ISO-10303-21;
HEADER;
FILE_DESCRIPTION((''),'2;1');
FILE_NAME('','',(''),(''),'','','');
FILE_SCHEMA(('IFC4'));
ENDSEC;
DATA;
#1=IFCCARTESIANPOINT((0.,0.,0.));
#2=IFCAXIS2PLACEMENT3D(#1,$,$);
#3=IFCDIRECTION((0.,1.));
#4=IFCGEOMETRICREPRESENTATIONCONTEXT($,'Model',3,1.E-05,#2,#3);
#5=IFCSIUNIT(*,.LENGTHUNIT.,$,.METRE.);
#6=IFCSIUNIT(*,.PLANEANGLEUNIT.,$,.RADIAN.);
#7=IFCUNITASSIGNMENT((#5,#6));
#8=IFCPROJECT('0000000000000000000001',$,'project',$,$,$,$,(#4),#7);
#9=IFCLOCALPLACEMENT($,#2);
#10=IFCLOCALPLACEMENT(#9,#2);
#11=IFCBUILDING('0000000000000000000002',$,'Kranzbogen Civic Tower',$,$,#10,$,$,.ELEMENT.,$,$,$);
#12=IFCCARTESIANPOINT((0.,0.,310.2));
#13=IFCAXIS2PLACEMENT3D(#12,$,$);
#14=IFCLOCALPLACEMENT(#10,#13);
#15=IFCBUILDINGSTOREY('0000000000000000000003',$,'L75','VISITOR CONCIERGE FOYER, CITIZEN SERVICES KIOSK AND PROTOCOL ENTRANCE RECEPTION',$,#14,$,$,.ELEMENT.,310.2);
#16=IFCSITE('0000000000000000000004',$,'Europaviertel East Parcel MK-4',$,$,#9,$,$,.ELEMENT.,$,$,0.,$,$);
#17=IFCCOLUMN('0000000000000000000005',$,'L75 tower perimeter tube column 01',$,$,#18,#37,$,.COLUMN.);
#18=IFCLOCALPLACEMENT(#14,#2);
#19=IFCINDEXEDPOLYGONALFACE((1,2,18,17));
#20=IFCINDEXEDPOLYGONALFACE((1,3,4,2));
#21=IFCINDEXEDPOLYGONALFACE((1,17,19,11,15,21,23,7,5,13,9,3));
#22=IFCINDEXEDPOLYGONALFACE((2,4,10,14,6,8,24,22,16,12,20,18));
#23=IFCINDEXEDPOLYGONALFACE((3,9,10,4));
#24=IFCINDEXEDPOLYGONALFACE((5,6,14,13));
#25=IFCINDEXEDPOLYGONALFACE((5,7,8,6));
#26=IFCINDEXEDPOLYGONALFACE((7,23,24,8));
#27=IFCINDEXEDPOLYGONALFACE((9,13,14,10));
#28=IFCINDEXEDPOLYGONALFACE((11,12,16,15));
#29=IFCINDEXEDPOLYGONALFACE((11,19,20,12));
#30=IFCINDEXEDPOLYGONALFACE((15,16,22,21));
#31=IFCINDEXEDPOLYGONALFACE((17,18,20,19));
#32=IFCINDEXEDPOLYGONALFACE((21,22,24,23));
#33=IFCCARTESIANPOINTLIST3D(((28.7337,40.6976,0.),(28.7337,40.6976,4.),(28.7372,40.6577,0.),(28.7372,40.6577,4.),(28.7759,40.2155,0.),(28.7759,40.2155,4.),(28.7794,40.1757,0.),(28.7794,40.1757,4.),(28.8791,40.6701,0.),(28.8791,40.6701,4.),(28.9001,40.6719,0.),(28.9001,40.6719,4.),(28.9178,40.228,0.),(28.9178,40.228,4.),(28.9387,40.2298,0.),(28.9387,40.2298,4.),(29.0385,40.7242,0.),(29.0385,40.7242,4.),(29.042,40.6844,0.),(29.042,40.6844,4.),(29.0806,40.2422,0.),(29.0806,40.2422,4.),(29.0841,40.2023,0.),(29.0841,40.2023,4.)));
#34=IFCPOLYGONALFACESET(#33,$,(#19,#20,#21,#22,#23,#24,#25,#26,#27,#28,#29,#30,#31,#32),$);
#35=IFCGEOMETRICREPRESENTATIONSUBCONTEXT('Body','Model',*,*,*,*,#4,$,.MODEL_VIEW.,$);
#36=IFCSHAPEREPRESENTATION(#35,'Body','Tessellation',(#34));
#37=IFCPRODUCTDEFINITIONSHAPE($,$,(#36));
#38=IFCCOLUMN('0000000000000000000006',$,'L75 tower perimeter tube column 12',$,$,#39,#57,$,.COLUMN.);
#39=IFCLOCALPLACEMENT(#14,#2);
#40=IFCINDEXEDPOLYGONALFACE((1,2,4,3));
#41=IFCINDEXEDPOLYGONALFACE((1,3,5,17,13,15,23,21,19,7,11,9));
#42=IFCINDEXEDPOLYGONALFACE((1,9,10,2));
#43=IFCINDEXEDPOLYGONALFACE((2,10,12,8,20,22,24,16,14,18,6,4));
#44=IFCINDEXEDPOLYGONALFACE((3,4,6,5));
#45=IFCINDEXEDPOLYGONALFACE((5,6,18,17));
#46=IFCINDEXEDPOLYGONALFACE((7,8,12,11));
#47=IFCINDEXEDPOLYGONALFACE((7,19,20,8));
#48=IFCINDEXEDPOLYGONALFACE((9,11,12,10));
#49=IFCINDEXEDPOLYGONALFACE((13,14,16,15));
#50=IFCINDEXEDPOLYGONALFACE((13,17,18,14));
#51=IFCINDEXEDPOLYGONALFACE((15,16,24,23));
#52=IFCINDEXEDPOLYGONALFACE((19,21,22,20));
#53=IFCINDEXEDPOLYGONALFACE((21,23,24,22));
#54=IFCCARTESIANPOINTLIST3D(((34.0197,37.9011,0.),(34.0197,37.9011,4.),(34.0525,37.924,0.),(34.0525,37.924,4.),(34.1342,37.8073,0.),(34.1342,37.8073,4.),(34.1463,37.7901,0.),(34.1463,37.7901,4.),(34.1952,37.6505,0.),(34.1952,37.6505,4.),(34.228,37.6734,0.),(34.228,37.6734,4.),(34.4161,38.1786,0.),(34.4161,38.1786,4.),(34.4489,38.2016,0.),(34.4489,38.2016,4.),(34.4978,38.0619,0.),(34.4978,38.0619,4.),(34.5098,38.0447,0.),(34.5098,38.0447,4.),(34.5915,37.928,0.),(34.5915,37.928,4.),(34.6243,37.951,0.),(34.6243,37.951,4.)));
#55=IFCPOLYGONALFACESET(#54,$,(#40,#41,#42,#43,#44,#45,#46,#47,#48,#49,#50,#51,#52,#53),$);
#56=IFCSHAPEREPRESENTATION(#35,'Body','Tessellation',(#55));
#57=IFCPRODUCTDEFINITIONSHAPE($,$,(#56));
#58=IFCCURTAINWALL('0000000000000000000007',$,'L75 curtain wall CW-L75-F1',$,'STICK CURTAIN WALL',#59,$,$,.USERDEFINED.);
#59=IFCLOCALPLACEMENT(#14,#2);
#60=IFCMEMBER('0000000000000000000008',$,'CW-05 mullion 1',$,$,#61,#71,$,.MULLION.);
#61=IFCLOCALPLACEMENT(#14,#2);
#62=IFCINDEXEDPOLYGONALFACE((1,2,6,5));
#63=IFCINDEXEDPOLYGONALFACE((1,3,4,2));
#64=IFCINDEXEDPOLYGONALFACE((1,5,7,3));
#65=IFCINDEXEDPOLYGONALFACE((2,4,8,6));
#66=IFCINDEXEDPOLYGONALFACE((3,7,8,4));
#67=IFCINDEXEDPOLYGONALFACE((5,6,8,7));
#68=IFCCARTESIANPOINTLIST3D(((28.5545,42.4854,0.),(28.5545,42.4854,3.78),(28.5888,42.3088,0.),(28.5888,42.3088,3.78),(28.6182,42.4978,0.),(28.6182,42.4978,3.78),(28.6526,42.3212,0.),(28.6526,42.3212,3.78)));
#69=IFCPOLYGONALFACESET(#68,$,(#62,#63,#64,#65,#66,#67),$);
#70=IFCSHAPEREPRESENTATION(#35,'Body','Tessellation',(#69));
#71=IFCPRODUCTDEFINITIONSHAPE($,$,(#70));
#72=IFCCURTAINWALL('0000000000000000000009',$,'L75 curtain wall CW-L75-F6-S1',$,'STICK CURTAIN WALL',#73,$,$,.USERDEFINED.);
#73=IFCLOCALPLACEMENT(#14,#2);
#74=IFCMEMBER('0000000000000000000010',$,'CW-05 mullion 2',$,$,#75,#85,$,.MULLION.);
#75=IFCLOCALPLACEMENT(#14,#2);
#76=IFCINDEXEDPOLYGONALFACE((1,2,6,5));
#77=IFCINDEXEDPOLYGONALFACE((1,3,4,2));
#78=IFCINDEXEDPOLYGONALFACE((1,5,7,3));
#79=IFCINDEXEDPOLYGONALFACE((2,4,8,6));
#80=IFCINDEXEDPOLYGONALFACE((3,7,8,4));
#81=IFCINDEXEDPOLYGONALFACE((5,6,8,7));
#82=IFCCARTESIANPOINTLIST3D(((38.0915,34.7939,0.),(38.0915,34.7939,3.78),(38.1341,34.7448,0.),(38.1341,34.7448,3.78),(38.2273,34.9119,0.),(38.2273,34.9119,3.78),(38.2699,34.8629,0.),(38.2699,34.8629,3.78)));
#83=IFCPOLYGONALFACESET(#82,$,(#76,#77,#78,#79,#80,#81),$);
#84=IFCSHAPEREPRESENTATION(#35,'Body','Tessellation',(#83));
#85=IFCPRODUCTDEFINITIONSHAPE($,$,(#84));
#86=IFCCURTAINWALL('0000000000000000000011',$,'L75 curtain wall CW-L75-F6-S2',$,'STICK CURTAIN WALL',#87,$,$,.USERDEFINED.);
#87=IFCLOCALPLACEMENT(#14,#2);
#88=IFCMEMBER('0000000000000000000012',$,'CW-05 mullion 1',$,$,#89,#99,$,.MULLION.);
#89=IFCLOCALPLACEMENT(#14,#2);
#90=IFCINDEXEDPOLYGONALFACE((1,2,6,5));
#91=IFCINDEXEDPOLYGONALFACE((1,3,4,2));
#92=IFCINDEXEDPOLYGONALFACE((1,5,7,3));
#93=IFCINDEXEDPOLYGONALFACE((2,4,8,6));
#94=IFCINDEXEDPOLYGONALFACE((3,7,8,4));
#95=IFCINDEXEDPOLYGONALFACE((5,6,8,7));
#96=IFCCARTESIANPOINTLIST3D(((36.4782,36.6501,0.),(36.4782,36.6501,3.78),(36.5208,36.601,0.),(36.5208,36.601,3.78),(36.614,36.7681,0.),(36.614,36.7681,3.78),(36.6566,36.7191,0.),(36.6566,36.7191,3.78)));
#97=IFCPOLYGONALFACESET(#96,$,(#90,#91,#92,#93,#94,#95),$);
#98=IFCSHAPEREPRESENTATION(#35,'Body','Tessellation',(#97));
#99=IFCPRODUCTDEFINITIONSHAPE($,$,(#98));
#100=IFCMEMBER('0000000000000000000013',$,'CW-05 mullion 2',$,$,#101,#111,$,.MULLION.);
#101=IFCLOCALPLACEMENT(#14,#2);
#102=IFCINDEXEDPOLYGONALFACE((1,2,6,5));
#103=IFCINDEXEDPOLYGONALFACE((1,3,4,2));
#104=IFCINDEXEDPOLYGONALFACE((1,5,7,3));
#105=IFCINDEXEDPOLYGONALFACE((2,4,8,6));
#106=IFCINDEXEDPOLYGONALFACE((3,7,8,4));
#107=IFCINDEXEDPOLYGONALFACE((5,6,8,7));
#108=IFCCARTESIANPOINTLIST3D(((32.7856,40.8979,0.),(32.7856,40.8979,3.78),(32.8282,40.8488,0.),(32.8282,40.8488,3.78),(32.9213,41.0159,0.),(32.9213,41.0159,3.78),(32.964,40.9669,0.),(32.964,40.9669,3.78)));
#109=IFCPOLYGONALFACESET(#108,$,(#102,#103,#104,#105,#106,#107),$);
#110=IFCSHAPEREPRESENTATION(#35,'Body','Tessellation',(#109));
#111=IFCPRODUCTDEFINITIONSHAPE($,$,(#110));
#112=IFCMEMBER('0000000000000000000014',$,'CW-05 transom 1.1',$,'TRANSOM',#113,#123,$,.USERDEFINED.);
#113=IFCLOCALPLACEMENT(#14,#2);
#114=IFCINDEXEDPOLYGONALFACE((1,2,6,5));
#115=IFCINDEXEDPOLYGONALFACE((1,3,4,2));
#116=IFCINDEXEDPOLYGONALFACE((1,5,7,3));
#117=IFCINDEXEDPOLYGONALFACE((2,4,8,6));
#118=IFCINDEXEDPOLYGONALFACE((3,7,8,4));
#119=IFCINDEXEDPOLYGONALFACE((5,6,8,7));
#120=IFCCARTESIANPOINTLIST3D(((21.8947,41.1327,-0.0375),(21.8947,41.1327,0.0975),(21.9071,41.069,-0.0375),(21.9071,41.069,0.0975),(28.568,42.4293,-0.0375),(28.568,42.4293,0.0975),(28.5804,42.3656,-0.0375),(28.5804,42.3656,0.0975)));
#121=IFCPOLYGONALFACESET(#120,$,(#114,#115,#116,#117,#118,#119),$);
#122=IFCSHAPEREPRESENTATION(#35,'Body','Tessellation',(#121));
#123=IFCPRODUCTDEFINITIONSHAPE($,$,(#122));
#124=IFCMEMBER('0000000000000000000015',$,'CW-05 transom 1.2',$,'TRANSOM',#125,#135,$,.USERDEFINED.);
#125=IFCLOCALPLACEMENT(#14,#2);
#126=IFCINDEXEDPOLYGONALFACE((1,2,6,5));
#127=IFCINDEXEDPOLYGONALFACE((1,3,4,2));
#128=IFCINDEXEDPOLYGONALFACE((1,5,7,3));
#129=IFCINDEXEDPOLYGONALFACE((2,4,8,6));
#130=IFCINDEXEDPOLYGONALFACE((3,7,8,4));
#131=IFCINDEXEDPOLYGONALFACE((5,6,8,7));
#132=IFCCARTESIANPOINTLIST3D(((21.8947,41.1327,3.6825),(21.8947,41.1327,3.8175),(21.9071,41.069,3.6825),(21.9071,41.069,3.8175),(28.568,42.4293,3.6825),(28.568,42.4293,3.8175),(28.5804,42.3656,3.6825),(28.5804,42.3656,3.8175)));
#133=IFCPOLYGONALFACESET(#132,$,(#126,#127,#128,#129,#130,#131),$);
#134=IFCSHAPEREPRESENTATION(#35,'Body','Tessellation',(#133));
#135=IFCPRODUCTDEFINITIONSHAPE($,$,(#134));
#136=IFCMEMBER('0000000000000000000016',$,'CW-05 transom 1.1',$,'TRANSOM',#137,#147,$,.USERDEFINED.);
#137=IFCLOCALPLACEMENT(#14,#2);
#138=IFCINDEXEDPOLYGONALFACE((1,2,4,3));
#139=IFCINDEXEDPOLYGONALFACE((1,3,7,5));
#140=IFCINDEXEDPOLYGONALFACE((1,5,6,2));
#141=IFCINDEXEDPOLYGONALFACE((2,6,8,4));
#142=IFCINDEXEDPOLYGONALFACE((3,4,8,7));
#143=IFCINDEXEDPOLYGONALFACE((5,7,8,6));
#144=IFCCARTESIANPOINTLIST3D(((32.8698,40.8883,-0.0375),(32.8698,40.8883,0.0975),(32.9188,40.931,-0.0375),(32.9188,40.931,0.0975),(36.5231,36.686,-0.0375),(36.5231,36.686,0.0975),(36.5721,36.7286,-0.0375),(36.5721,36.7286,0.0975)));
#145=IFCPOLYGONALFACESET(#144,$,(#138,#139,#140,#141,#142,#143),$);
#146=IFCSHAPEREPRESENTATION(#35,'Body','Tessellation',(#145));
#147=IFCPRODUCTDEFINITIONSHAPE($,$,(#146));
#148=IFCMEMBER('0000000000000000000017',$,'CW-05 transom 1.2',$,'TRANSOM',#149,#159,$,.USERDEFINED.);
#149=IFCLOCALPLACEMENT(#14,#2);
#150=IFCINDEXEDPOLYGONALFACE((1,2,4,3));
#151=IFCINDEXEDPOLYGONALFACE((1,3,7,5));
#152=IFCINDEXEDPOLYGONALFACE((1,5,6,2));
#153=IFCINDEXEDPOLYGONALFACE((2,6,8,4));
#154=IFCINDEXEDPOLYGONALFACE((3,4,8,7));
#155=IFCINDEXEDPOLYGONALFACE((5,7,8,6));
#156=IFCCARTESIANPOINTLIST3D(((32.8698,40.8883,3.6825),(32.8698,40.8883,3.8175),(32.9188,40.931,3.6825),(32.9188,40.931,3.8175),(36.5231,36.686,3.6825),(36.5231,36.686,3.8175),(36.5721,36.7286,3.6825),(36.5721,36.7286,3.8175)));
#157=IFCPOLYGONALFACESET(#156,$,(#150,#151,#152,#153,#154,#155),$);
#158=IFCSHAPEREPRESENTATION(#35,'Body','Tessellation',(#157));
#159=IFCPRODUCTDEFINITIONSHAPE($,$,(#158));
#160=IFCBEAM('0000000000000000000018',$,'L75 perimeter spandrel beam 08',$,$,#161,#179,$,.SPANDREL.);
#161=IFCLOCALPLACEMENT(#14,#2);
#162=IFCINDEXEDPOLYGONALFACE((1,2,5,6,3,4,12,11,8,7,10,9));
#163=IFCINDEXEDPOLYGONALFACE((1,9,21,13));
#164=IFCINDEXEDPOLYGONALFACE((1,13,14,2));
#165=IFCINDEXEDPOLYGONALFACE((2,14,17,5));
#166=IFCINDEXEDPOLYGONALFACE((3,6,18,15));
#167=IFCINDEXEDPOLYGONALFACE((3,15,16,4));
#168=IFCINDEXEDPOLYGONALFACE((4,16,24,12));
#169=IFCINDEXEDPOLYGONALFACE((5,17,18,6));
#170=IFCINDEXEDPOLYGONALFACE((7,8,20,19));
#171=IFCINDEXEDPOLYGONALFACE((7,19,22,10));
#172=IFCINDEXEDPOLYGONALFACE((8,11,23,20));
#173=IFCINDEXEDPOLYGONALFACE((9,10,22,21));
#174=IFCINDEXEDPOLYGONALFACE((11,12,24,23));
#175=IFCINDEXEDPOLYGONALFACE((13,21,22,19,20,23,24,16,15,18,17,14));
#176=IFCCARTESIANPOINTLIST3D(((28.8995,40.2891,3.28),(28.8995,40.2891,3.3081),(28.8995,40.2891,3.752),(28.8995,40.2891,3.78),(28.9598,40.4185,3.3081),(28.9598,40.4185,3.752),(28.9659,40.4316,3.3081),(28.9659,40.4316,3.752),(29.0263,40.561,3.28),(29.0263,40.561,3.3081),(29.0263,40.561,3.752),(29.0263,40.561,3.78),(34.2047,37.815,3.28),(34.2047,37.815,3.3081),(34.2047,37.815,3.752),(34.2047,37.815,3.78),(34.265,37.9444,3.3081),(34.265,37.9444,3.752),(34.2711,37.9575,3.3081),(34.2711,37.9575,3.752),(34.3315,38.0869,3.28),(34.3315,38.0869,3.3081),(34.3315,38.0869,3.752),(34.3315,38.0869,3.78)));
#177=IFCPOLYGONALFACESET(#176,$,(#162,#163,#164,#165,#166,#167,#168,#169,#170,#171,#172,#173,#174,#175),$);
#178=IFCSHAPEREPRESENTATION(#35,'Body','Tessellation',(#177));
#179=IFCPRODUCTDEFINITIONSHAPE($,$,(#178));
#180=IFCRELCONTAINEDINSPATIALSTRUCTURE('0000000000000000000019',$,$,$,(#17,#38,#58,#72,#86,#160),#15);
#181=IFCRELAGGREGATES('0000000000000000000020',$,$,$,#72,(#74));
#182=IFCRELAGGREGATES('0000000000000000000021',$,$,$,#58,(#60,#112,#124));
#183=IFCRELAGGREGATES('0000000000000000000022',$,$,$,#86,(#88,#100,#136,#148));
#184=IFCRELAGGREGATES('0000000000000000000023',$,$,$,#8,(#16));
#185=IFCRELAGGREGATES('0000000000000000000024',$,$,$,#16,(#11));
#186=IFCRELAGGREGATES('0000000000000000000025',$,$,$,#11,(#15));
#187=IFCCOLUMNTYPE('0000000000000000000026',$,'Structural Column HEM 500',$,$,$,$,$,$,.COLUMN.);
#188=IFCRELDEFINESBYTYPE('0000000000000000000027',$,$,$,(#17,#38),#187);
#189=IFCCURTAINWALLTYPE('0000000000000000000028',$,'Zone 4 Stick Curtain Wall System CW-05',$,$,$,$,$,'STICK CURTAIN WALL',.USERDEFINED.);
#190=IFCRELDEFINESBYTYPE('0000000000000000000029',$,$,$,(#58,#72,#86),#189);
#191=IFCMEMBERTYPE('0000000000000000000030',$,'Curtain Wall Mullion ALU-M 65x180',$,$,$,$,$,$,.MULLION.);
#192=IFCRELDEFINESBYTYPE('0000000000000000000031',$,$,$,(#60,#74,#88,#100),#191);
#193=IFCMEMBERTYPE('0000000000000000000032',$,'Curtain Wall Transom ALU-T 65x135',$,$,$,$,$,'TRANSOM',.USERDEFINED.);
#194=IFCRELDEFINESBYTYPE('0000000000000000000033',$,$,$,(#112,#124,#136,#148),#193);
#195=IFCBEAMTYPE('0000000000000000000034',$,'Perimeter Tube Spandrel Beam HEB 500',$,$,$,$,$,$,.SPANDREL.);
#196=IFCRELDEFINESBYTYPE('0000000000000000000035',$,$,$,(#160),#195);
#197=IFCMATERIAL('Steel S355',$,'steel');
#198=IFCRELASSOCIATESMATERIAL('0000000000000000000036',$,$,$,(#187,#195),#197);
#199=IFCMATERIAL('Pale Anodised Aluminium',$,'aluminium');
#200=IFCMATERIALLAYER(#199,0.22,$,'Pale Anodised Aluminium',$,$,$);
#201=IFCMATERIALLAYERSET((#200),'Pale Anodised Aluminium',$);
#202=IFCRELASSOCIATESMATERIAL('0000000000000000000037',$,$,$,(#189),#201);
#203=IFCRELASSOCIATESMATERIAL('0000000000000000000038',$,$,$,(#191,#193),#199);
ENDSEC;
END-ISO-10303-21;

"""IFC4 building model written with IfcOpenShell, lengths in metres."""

from ifc_helpers import new_model, si_unit, direction, frame, origin, origin_2d, place, context, subcontext, project, spatial, rectangle, i_section, extrude, material, layer, layer_set, material_profile, profile_set, type_object, element, aggregate, save


model = new_model("IFC4")

# Units and contexts
model_context = context("Model", 3, precision=1e-05, world=origin(), true_north=direction((0.0, 1.0)))
body_context = subcontext(model_context, "Body", "Model", "MODEL_VIEW")
ifc_project = project(units=[si_unit("LENGTHUNIT", "METRE"), si_unit("PLANEANGLEUNIT", "RADIAN")], contexts=[model_context])

# Site, building, storey
site_placement = place(None, origin())
site = spatial("IfcSite", under=ifc_project, at=site_placement, Name="Europaviertel East Parcel MK-4", CompositionType="ELEMENT", RefElevation=0.0)
building_placement = place(site_placement, origin())
building = spatial("IfcBuilding", under=site, at=building_placement, Name="Kranzbogen Civic Tower", CompositionType="ELEMENT")
storey_placement = place(building_placement, frame((0.0, 0.0, 310.2)))
storey = spatial("IfcBuildingStorey", under=building, at=storey_placement, Name="L75", Description="VISITOR CONCIERGE FOYER, CITIZEN SERVICES KIOSK AND PROTOCOL ENTRANCE RECEPTION", CompositionType="ELEMENT", Elevation=310.2)

# Columns
ifc_material_1 = material(Name="Steel S355", Category="steel")
ifc_material_profile_1 = material_profile(ifc_material_1, i_section(OverallWidth=0.3059, OverallDepth=0.5239, WebThickness=0.021, FlangeThickness=0.04, at=origin_2d()), Name="HEM 500")
ifc_profile_set_1 = profile_set([ifc_material_profile_1], Name="Steel S355")
column_type = type_object("IfcColumnType", Name="Structural Column HEM 500", PredefinedType="COLUMN", material=ifc_profile_set_1)
for number, where, z_axis, x_axis, name in (
    (1, (28.9089, 40.45, 0.0), (0.0, 0.0, 1.0), (0.996195, 0.087156, 0.0), "L75 tower perimeter tube column 01"),
    (2, (34.322, 37.926, 0.0), (0.0, 0.0, 1.0), (-0.573576, 0.819152, 0.0), "L75 tower perimeter tube column 12"),
):
    element("IfcColumn", number, at=place(storey_placement, frame(where, z_axis=z_axis, x_axis=x_axis)), inside=storey, type_object=column_type, Name=name, PredefinedType="COLUMN", context=body_context, shape_type="SweptSolid", body=[
        extrude(i_section(OverallWidth=0.3059, OverallDepth=0.5239, WebThickness=0.021, FlangeThickness=0.04, at=origin_2d()), origin(), (0.0, 0.0, 1.0), 4.0),
    ])

# Curtain walls, members
ifc_material_2 = material(Name="Pale Anodised Aluminium", Category="aluminium")
ifc_layer_1 = layer(ifc_material_2, 0.22, Name="Pale Anodised Aluminium")
ifc_layer_set_1 = layer_set([ifc_layer_1], Name="Pale Anodised Aluminium")
curtain_wall_type = type_object("IfcCurtainWallType", Name="Zone 4 Stick Curtain Wall System CW-05", ElementType="STICK CURTAIN WALL", PredefinedType="USERDEFINED", material=ifc_layer_set_1)
curtain_wall_1_placement = place(storey_placement, origin())
curtain_wall_1 = element("IfcCurtainWall", 3, at=curtain_wall_1_placement, inside=storey, type_object=curtain_wall_type, Name="L75 curtain wall CW-L75-F1", ObjectType="STICK CURTAIN WALL", PredefinedType="USERDEFINED")
ifc_material_profile_2 = material_profile(ifc_material_2, rectangle(XDim=0.0649, YDim=0.1799, at=origin_2d()), Name="ALU-M 65x180")
ifc_profile_set_2 = profile_set([ifc_material_profile_2], Name="Pale Anodised Aluminium")
member_type_1 = type_object("IfcMemberType", Name="Curtain Wall Mullion ALU-M 65x180", PredefinedType="MULLION", material=ifc_profile_set_2)
member_1_placement = place(storey_placement, frame((28.6035, 42.4033, 0.0), z_axis=(0.0, 0.0, 1.0), x_axis=(-0.981635, -0.190767, 0.0)))
member_1 = element("IfcMember", 4, at=member_1_placement, type_object=member_type_1, Name="CW-05 mullion 1", PredefinedType="MULLION", context=body_context, shape_type="SweptSolid", body=[
    extrude(rectangle(XDim=0.0649, YDim=0.1799, at=origin_2d()), origin(), (0.0, 0.0, 1.0), 3.78),
])
curtain_wall_2_placement = place(storey_placement, origin())
curtain_wall_2 = element("IfcCurtainWall", 5, at=curtain_wall_2_placement, inside=storey, type_object=curtain_wall_type, Name="L75 curtain wall CW-L75-F6-S1", ObjectType="STICK CURTAIN WALL", PredefinedType="USERDEFINED")
member_2_placement = place(storey_placement, frame((38.1807, 34.8284, 0.0), z_axis=(0.0, 0.0, 1.0), x_axis=(-0.656074, 0.754696, 0.0)))
member_2 = element("IfcMember", 6, at=member_2_placement, type_object=member_type_1, Name="CW-05 mullion 2", PredefinedType="MULLION", context=body_context, shape_type="SweptSolid", body=[
    extrude(rectangle(XDim=0.0649, YDim=0.1799, at=origin_2d()), origin(), (0.0, 0.0, 1.0), 3.78),
])
aggregate(curtain_wall_2, [member_2])

# Curtain wall, members
curtain_wall_3_placement = place(storey_placement, origin())
curtain_wall_3 = element("IfcCurtainWall", 7, at=curtain_wall_3_placement, inside=storey, type_object=curtain_wall_type, Name="L75 curtain wall CW-L75-F6-S2", ObjectType="STICK CURTAIN WALL", PredefinedType="USERDEFINED")
member_3_placement = place(storey_placement, frame((36.5674, 36.6846, 0.0), z_axis=(0.0, 0.0, 1.0), x_axis=(-0.656074, 0.754696, 0.0)))
member_3 = element("IfcMember", 8, at=member_3_placement, type_object=member_type_1, Name="CW-05 mullion 1", PredefinedType="MULLION", context=body_context, shape_type="SweptSolid", body=[
    extrude(rectangle(XDim=0.0649, YDim=0.1799, at=origin_2d()), origin(), (0.0, 0.0, 1.0), 3.78),
])
member_4_placement = place(storey_placement, frame((32.8748, 40.9324, 0.0), z_axis=(0.0, 0.0, 1.0), x_axis=(-0.656074, 0.754696, 0.0)))
member_4 = element("IfcMember", 9, at=member_4_placement, type_object=member_type_1, Name="CW-05 mullion 2", PredefinedType="MULLION", context=body_context, shape_type="SweptSolid", body=[
    extrude(rectangle(XDim=0.0649, YDim=0.1799, at=origin_2d()), origin(), (0.0, 0.0, 1.0), 3.78),
])

# Members
ifc_material_profile_3 = material_profile(ifc_material_2, rectangle(XDim=0.0649, YDim=0.135, at=origin_2d()), Name="ALU-T 65x135")
ifc_profile_set_3 = profile_set([ifc_material_profile_3], Name="Pale Anodised Aluminium")
member_type_2 = type_object("IfcMemberType", Name="Curtain Wall Transom ALU-T 65x135", ElementType="TRANSOM", PredefinedType="USERDEFINED", material=ifc_profile_set_3)
member_5_placement = place(storey_placement, frame((28.5742, 42.3975, 0.03), z_axis=(-0.981642, -0.190733, 0.0), x_axis=(0.190733, -0.981642, 0.0)))
member_5 = element("IfcMember", 10, at=member_5_placement, type_object=member_type_2, Name="CW-05 transom 1.1", ObjectType="TRANSOM", PredefinedType="USERDEFINED", context=body_context, shape_type="SweptSolid", body=[
    extrude(rectangle(XDim=0.0649, YDim=0.135, at=origin_2d()), origin(), (0.0, 0.0, 1.0), 6.7981),
])
member_6_placement = place(storey_placement, frame((28.5742, 42.3975, 3.75), z_axis=(-0.981642, -0.190733, 0.0), x_axis=(0.190733, -0.981642, 0.0)))
member_6 = element("IfcMember", 11, at=member_6_placement, type_object=member_type_2, Name="CW-05 transom 1.2", ObjectType="TRANSOM", PredefinedType="USERDEFINED", context=body_context, shape_type="SweptSolid", body=[
    extrude(rectangle(XDim=0.0649, YDim=0.135, at=origin_2d()), origin(), (0.0, 0.0, 1.0), 6.7981),
])
member_7_placement = place(storey_placement, frame((36.5476, 36.7073, 0.03), z_axis=(-0.656083, 0.754689, 0.0), x_axis=(-0.754689, -0.656083, 0.0)))
member_7 = element("IfcMember", 12, at=member_7_placement, type_object=member_type_2, Name="CW-05 transom 1.1", ObjectType="TRANSOM", PredefinedType="USERDEFINED", context=body_context, shape_type="SweptSolid", body=[
    extrude(rectangle(XDim=0.0649, YDim=0.135, at=origin_2d()), origin(), (0.0, 0.0, 1.0), 5.5684),
])
member_8_placement = place(storey_placement, frame((36.5476, 36.7073, 3.75), z_axis=(-0.656083, 0.754689, 0.0), x_axis=(-0.754689, -0.656083, 0.0)))
member_8 = element("IfcMember", 13, at=member_8_placement, type_object=member_type_2, Name="CW-05 transom 1.2", ObjectType="TRANSOM", PredefinedType="USERDEFINED", context=body_context, shape_type="SweptSolid", body=[
    extrude(rectangle(XDim=0.0649, YDim=0.135, at=origin_2d()), origin(), (0.0, 0.0, 1.0), 5.5684),
])

# Beam
ifc_material_profile_4 = material_profile(ifc_material_1, i_section(OverallWidth=0.3, OverallDepth=0.5, WebThickness=0.0144, FlangeThickness=0.0281, at=origin_2d()), Name="HEB 500")
ifc_profile_set_4 = profile_set([ifc_material_profile_4], Name="Steel S355")
beam_type_1 = type_object("IfcBeamType", Name="Perimeter Tube Spandrel Beam HEB 500", PredefinedType="SPANDREL", material=ifc_profile_set_4)
beam_1_placement = place(storey_placement, frame((34.2681, 37.9509, 3.53), z_axis=(-0.90629, 0.422657, 0.0), x_axis=(-0.422657, -0.90629, 0.0)))
element("IfcBeam", 14, at=beam_1_placement, inside=storey, type_object=beam_type_1, Name="L75 perimeter spandrel beam 08", PredefinedType="SPANDREL", context=body_context, shape_type="SweptSolid", body=[
    extrude(i_section(OverallWidth=0.3, OverallDepth=0.5, WebThickness=0.0144, FlangeThickness=0.0281, at=origin_2d()), origin(), (0.0, 0.0, 1.0), 5.8538),
])

aggregate(curtain_wall_1, [member_1, member_5, member_6])
aggregate(curtain_wall_3, [member_3, member_4, member_7, member_8])

save(model, "model.ifc")
